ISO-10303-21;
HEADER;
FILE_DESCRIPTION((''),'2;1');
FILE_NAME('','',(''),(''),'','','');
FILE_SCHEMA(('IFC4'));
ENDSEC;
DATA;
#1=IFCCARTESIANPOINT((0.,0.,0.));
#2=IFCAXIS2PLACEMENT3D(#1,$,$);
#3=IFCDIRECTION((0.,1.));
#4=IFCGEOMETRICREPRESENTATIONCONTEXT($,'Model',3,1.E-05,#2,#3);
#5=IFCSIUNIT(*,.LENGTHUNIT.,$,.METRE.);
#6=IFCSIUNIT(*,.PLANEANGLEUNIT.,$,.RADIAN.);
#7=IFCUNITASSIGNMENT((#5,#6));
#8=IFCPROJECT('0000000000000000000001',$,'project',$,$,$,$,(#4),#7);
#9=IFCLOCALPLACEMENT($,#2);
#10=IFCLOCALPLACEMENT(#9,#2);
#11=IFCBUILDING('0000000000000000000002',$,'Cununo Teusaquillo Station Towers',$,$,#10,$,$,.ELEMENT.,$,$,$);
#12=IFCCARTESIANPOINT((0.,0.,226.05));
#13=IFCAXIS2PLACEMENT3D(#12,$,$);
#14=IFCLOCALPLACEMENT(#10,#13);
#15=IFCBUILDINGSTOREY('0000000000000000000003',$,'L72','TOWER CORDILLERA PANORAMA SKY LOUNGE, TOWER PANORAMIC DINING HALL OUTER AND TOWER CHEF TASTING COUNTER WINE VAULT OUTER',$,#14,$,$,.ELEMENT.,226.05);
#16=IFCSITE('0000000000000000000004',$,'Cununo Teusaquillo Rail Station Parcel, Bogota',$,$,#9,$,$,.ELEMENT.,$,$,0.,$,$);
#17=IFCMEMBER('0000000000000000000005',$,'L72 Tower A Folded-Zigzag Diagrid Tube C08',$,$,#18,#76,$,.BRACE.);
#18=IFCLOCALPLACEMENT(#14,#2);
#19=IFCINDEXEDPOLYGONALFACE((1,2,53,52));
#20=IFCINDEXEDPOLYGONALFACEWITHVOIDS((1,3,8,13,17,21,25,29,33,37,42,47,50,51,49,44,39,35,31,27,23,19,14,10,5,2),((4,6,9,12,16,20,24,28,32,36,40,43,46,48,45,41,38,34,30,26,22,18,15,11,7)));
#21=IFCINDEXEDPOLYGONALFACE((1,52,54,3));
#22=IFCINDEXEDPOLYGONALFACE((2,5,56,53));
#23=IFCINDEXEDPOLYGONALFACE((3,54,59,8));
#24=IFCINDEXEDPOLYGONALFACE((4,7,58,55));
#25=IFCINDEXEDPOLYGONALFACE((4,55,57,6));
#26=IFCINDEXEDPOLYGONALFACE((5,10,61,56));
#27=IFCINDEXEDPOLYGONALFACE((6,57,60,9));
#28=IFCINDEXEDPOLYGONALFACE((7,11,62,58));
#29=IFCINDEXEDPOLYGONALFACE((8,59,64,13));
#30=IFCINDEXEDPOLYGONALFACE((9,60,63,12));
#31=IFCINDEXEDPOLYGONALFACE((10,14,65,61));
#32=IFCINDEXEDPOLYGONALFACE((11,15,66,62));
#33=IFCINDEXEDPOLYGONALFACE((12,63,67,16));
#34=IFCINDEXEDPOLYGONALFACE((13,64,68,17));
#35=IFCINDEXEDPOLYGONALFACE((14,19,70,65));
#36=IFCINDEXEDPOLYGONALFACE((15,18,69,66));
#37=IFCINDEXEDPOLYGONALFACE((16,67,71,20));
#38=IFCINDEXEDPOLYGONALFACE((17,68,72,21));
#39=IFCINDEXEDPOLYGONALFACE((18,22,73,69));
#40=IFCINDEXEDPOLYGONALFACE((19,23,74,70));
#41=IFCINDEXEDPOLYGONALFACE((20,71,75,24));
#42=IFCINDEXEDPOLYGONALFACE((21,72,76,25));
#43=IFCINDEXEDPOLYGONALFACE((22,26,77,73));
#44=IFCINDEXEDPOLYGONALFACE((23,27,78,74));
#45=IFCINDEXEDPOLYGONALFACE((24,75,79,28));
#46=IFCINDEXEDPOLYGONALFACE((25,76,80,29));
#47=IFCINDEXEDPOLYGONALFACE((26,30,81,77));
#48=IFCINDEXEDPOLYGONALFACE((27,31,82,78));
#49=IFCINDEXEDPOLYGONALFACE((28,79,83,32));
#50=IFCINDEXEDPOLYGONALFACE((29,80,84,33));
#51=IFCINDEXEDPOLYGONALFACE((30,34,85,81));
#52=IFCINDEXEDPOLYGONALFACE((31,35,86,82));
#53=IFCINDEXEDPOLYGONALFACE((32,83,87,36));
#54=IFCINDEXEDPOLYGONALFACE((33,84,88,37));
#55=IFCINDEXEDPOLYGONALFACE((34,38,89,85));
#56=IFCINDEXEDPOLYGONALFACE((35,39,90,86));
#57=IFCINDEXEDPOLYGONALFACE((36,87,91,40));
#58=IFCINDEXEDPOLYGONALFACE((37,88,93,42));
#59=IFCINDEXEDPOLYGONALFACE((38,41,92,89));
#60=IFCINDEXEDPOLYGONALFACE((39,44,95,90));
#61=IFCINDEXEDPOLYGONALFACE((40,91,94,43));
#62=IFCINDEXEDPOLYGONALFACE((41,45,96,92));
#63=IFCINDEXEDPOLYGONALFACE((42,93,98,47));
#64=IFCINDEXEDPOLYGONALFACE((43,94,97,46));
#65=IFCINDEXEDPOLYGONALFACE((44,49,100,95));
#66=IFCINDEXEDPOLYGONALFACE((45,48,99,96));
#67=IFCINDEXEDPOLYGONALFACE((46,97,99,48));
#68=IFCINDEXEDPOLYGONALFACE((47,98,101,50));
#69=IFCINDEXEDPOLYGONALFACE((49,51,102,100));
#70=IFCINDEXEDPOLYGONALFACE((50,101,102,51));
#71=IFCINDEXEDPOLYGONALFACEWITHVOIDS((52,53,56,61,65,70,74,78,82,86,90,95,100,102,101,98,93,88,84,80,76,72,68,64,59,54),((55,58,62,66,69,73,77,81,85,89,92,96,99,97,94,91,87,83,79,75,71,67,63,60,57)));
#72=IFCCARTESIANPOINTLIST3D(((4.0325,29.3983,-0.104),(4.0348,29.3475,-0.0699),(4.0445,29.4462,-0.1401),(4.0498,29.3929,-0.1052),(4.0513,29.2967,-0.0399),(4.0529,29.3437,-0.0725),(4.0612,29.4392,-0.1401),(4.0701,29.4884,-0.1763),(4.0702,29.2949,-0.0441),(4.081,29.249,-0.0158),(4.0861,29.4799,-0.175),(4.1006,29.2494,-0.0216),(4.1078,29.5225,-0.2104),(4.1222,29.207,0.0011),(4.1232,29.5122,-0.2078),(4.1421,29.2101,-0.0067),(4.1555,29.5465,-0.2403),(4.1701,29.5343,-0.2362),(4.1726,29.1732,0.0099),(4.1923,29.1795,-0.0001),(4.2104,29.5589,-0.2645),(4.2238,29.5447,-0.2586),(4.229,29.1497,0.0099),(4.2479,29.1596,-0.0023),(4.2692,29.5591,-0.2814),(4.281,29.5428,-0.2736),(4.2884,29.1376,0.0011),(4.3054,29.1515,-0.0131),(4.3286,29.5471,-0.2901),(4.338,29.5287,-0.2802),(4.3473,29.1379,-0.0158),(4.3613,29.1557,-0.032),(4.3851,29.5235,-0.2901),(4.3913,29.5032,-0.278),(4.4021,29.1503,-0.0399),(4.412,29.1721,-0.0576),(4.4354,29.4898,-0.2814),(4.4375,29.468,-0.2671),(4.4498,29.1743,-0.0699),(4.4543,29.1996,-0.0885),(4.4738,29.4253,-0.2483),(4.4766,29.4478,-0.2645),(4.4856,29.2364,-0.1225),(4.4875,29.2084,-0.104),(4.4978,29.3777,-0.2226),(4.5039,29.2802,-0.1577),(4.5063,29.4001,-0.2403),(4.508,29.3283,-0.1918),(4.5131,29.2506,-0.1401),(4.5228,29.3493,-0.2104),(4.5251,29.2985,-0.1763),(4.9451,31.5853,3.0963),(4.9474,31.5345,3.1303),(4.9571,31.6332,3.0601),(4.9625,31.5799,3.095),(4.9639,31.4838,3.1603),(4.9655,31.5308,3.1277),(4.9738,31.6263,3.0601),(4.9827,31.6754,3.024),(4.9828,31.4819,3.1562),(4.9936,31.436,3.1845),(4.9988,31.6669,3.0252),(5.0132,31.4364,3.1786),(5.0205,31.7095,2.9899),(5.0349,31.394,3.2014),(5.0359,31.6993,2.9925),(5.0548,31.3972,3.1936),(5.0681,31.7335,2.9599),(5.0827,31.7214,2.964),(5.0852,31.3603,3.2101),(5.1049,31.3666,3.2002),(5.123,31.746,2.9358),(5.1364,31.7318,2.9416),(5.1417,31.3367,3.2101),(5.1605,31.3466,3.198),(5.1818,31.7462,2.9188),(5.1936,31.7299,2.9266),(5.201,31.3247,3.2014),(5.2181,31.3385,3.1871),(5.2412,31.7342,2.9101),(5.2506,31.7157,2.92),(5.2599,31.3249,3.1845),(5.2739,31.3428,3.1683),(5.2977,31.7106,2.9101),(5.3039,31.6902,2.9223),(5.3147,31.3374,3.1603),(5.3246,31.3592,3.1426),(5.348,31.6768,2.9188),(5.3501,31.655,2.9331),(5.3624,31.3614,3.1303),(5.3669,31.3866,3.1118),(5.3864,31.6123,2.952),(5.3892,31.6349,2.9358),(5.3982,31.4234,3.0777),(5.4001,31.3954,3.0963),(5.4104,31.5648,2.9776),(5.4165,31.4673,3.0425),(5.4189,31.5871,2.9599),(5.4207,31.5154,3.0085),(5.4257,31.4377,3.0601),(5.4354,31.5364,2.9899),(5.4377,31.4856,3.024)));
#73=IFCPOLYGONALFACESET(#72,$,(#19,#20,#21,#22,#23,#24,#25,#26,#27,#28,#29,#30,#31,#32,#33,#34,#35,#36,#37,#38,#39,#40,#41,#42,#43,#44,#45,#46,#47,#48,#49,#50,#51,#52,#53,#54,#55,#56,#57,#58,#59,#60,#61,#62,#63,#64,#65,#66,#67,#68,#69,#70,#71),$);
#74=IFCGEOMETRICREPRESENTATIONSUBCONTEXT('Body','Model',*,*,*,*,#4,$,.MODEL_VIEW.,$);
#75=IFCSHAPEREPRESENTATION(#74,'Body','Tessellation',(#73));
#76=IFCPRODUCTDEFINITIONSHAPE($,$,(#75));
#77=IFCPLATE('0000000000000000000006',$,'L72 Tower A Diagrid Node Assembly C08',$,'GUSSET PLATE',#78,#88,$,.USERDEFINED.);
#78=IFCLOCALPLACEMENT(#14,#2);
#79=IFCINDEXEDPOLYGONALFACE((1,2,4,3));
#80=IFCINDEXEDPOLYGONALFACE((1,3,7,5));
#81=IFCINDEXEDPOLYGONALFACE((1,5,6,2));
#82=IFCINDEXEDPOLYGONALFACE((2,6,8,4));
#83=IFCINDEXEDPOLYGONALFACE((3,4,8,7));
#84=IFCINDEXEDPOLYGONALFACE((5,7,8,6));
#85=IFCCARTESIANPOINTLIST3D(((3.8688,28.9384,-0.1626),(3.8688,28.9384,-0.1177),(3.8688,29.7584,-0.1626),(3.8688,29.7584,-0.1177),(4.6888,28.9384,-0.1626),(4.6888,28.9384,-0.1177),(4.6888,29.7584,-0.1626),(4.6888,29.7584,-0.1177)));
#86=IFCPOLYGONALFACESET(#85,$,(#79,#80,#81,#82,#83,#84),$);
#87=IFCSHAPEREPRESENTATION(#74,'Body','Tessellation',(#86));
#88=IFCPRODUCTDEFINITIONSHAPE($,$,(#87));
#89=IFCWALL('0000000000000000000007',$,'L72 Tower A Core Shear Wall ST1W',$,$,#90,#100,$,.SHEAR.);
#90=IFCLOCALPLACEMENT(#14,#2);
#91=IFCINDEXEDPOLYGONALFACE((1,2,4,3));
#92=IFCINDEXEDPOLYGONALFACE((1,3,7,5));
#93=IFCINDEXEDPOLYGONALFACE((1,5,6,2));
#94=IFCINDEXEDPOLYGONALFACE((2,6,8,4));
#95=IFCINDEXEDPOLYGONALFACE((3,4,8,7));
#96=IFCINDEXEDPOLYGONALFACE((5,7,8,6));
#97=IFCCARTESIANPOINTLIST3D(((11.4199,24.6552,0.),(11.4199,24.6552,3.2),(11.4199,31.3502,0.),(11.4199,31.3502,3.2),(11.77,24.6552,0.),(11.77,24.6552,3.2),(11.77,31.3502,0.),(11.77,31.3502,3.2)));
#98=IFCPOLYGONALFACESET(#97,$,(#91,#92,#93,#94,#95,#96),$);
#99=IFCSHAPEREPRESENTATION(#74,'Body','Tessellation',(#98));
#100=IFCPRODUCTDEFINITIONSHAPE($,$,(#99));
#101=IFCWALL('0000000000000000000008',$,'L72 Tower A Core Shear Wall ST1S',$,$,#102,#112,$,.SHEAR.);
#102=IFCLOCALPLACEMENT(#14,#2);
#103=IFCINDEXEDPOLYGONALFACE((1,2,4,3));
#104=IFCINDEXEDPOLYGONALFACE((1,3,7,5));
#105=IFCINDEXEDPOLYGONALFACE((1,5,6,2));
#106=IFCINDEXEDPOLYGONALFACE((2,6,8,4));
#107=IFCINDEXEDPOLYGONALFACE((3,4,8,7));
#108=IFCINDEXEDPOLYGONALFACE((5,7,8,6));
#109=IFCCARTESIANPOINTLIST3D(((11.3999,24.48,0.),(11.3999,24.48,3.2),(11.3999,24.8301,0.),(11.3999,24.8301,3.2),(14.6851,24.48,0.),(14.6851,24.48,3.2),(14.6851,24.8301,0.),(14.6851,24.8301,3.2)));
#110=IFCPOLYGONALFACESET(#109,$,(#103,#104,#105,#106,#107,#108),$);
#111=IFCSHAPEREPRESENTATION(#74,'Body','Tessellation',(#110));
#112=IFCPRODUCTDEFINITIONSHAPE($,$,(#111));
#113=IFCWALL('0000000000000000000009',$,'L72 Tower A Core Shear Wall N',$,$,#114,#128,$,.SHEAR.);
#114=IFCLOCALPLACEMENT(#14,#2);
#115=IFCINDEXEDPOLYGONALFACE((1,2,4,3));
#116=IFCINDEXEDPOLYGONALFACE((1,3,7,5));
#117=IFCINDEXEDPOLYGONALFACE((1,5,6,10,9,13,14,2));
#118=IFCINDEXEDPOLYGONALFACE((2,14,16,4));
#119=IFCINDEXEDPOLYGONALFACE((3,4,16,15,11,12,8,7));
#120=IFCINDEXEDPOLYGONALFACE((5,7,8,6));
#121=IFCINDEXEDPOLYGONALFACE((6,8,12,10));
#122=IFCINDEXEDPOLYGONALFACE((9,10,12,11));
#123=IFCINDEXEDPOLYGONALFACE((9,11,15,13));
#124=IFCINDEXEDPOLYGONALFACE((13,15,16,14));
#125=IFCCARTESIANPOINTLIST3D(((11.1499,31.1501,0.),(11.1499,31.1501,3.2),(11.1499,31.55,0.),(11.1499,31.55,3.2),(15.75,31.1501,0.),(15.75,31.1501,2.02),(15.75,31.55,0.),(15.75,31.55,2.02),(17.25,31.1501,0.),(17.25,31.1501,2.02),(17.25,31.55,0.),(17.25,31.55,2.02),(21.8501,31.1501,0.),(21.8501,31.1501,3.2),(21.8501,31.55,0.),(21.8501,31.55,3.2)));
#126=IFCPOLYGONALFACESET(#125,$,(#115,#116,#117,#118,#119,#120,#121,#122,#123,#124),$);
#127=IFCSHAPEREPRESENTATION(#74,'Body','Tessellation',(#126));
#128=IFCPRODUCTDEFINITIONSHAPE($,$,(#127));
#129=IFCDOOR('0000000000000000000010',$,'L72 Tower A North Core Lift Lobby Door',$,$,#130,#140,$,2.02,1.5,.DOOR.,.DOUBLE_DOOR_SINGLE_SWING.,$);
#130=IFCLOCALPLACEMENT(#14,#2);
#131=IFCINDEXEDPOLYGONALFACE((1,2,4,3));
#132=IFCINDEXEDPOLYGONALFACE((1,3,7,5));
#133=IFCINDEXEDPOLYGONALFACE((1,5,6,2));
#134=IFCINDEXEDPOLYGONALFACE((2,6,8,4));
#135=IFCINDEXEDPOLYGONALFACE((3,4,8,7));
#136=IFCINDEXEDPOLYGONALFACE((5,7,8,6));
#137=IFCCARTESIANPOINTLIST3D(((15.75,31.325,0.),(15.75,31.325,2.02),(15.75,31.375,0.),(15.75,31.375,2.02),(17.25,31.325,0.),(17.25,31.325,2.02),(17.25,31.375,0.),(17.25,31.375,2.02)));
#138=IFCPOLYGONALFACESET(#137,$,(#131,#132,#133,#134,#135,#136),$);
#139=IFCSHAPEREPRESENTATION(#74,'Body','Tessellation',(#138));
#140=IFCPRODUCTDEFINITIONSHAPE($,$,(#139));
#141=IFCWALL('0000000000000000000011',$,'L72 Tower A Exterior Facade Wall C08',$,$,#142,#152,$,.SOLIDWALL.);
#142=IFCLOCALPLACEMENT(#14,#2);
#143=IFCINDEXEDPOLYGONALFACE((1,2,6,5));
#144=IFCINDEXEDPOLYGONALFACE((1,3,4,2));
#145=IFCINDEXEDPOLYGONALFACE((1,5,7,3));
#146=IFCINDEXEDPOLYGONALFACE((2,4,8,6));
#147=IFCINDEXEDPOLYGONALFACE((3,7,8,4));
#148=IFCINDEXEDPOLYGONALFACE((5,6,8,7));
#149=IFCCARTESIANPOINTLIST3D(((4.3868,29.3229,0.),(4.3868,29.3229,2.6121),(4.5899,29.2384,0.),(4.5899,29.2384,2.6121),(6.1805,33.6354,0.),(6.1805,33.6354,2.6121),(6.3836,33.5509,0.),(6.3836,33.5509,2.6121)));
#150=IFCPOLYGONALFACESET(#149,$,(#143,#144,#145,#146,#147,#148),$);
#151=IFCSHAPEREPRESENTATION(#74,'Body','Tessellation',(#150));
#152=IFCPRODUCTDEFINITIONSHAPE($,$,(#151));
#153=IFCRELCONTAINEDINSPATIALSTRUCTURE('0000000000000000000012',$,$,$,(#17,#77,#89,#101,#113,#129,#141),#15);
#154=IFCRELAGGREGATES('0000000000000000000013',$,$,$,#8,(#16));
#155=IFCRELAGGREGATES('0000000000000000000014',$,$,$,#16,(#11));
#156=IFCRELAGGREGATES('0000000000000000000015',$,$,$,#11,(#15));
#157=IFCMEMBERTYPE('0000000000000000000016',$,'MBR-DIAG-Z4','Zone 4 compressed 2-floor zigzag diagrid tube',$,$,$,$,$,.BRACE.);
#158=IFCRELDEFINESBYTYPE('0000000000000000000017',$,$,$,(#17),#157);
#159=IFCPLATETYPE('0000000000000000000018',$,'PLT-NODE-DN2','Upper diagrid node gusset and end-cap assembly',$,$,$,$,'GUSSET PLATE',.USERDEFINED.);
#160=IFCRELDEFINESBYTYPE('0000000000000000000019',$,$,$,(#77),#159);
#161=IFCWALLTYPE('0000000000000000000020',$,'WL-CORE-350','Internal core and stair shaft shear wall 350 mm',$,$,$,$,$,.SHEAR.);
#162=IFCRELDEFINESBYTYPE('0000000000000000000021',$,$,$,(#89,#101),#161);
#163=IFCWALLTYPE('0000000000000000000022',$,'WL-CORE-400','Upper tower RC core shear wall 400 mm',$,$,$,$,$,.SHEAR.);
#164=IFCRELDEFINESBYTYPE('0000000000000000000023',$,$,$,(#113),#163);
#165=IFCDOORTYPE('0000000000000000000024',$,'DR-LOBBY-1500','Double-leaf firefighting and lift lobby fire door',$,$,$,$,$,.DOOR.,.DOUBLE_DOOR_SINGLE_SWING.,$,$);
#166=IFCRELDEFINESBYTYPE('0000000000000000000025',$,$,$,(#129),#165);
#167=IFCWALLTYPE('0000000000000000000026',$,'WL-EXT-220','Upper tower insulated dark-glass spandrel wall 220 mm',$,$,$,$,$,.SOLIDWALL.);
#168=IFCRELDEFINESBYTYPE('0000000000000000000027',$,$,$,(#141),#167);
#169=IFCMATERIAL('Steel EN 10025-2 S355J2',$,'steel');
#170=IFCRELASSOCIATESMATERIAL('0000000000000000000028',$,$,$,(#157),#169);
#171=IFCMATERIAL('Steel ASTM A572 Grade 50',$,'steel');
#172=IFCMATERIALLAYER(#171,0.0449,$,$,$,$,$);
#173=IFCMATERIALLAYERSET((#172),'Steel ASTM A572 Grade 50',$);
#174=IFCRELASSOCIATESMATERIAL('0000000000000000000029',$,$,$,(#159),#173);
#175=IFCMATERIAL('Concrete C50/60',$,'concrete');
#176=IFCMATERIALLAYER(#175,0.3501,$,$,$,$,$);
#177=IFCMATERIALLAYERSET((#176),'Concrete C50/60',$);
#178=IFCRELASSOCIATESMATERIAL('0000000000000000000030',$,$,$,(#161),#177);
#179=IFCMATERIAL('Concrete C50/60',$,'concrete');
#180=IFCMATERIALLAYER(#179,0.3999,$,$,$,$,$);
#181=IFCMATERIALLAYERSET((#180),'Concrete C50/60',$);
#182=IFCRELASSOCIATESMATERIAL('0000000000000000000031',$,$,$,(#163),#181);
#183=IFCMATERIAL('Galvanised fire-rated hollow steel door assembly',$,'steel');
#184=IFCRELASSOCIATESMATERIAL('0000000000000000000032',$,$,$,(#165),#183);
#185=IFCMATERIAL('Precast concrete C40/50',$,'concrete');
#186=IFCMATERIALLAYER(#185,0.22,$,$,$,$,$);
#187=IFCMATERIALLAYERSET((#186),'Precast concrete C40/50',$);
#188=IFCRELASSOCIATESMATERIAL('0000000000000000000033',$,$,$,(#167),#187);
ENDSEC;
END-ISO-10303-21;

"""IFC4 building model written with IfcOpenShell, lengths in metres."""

from ifc_helpers import new_model, si_unit, direction, frame, frame_2d, origin, origin_2d, place, context, subcontext, project, spatial, rectangle, hollow_circle, extrude, source, transform, mapped, material, layer, layer_set, material_profile, profile_set, type_object, element, fill, save


model = new_model("IFC4")

# Units and contexts
model_context = context("Model", 3, precision=1e-05, world=origin(), true_north=direction((0.0, 1.0)))
body_context = subcontext(model_context, "Body", "Model", "MODEL_VIEW")
ifc_project = project(units=[si_unit("LENGTHUNIT", "METRE"), si_unit("PLANEANGLEUNIT", "RADIAN")], contexts=[model_context])

# Site, building, storey
site_placement = place(None, origin())
site = spatial("IfcSite", under=ifc_project, at=site_placement, Name="Cununo Teusaquillo Rail Station Parcel, Bogota", CompositionType="ELEMENT", RefElevation=0.0)
building_placement = place(site_placement, origin())
building = spatial("IfcBuilding", under=site, at=building_placement, Name="Cununo Teusaquillo Station Towers", CompositionType="ELEMENT")
storey_placement = place(building_placement, frame((0.0, 0.0, 226.05)))
storey = spatial("IfcBuildingStorey", under=building, at=storey_placement, Name="L72", Description="TOWER CORDILLERA PANORAMA SKY LOUNGE, TOWER PANORAMIC DINING HALL OUTER AND TOWER CHEF TASTING COUNTER WINE VAULT OUTER", CompositionType="ELEMENT", Elevation=226.05)

# Member
ifc_material_1 = material(Name="Steel EN 10025-2 S355J2", Category="steel")
ifc_material_profile_1 = material_profile(ifc_material_1, hollow_circle(Radius=0.2539, WallThickness=0.0181, at=origin_2d()), Name="CHS 508x18")
ifc_profile_set_1 = profile_set([ifc_material_profile_1], Name="Steel EN 10025-2 S355J2")
member_type = type_object("IfcMemberType", Name="MBR-DIAG-Z4", Description="Zone 4 compressed 2-floor zigzag diagrid tube", PredefinedType="BRACE", material=ifc_profile_set_1)
member_placement = place(storey_placement, frame((4.2788, 29.3484, -0.1401), z_axis=(0.229175, 0.549211, 0.803646), x_axis=(-0.922876, 0.385098, 0.0)))
element("IfcMember", 1, at=member_placement, inside=storey, type_object=member_type, Name="L72 Tower A Folded-Zigzag Diagrid Tube C08", PredefinedType="BRACE", context=body_context, shape_type="SweptSolid", body=[
    extrude(hollow_circle(Radius=0.2539, WallThickness=0.0181, at=origin_2d()), origin(), (0.0, 0.0, 1.0), 3.9822),
])

# Plate
ifc_material_2 = material(Name="Steel ASTM A572 Grade 50", Category="steel")
ifc_layer_1 = layer(ifc_material_2, 0.0449)
ifc_layer_set_1 = layer_set([ifc_layer_1], Name="Steel ASTM A572 Grade 50")
plate_type = type_object("IfcPlateType", Name="PLT-NODE-DN2", Description="Upper diagrid node gusset and end-cap assembly", ElementType="GUSSET PLATE", PredefinedType="USERDEFINED", material=ifc_layer_set_1)
shared_shape_1 = source(origin(), body_context, "Body", "SweptSolid", [
    extrude(rectangle(XDim=0.8201, YDim=0.8201, at=origin_2d()), origin(), (0.0, 0.0, 1.0), 0.0449),
])
plate_placement = place(storey_placement, frame((4.2788, 29.3484, -0.1626), z_axis=(0.0, 0.0, 1.0), x_axis=(1.0, 0.0, 0.0)))
element("IfcPlate", 2, at=plate_placement, inside=storey, type_object=plate_type, Name="L72 Tower A Diagrid Node Assembly C08", ObjectType="GUSSET PLATE", PredefinedType="USERDEFINED", context=body_context, shape_type="MappedRepresentation", body=[
    mapped(shared_shape_1, transform((0.0, 0.0, 0.0), x_axis=(1.0, 0.0, 0.0), y_axis=(0.0, 1.0, 0.0), z_axis=(0.0, 0.0, 1.0), scale=1.0)),
])

# Walls
ifc_material_3 = material(Name="Concrete C50/60", Category="concrete")
ifc_layer_2 = layer(ifc_material_3, 0.3501)
ifc_layer_set_2 = layer_set([ifc_layer_2], Name="Concrete C50/60")
wall_type_1 = type_object("IfcWallType", Name="WL-CORE-350", Description="Internal core and stair shaft shear wall 350 mm", PredefinedType="SHEAR", material=ifc_layer_set_2)
wall_1_placement = place(storey_placement, frame((11.595, 24.655, 0.0), z_axis=(0.0, 0.0, 1.0), x_axis=(0.0, 1.0, 0.0)))
element("IfcWall", 3, at=wall_1_placement, inside=storey, type_object=wall_type_1, Name="L72 Tower A Core Shear Wall ST1W", PredefinedType="SHEAR", context=body_context, shape_type="SweptSolid", body=[
    extrude(rectangle(XDim=6.6951, YDim=0.3501, at=frame_2d((3.3477, 0.0))), origin(), (0.0, 0.0, 1.0), 3.2),
])
wall_2_placement = place(storey_placement, frame((11.3999, 24.655, 0.0), z_axis=(0.0, 0.0, 1.0), x_axis=(1.0, 0.0, 0.0)))
element("IfcWall", 4, at=wall_2_placement, inside=storey, type_object=wall_type_1, Name="L72 Tower A Core Shear Wall ST1S", PredefinedType="SHEAR", context=body_context, shape_type="SweptSolid", body=[
    extrude(rectangle(XDim=3.2852, YDim=0.3501, at=frame_2d((1.6426, 0.0))), origin(), (0.0, 0.0, 1.0), 3.2),
])

# Wall, opening, door
ifc_material_4 = material(Name="Concrete C50/60", Category="concrete")
ifc_layer_3 = layer(ifc_material_4, 0.3999)
ifc_layer_set_3 = layer_set([ifc_layer_3], Name="Concrete C50/60")
wall_type_2 = type_object("IfcWallType", Name="WL-CORE-400", Description="Upper tower RC core shear wall 400 mm", PredefinedType="SHEAR", material=ifc_layer_set_3)
wall_3_placement = place(storey_placement, frame((11.1499, 31.3501, 0.0), z_axis=(0.0, 0.0, 1.0), x_axis=(1.0, 0.0, 0.0)))
wall_3 = element("IfcWall", 5, at=wall_3_placement, inside=storey, type_object=wall_type_2, Name="L72 Tower A Core Shear Wall N", PredefinedType="SHEAR", context=body_context, shape_type="SweptSolid", body=[
    extrude(rectangle(XDim=10.7002, YDim=0.3999, at=frame_2d((5.3501, 0.0))), origin(), (0.0, 0.0, 1.0), 3.2),
])
shared_shape_2 = source(origin(), body_context, "Body", "SweptSolid", [
    extrude(rectangle(XDim=1.5, YDim=2.02, at=frame_2d((0.75, 1.01))), frame((0.0, 0.21, 0.0), z_axis=(0.0, -1.0, 0.0), x_axis=(1.0, 0.0, 0.0)), (0.0, 0.0, 1.0), 0.4199),
])
opening_1_placement = place(wall_3_placement, frame((4.6001, 0.0, 0.0)))
opening_1 = element("IfcOpeningElement", 6, at=opening_1_placement, cuts=wall_3, PredefinedType="OPENING", context=body_context, shape_type="MappedRepresentation", body=[
    mapped(shared_shape_2, transform((0.0, 0.0, 0.0), x_axis=(1.0, 0.0, 0.0), y_axis=(0.0, 1.0, 0.0), z_axis=(0.0, 0.0, 1.0), scale=1.0)),
])
ifc_material_5 = material(Name="Galvanised fire-rated hollow steel door assembly", Category="steel")
door_type_1 = type_object("IfcDoorType", Name="DR-LOBBY-1500", Description="Double-leaf firefighting and lift lobby fire door", OperationType="DOUBLE_DOOR_SINGLE_SWING", PredefinedType="DOOR", material=ifc_material_5)
shared_shape_3 = source(origin(), body_context, "Body", "SweptSolid", [
    extrude(rectangle(XDim=1.5, YDim=2.02, at=frame_2d((0.75, 1.01))), frame((0.0, 0.0249, 0.0), z_axis=(0.0, -1.0, 0.0), x_axis=(1.0, 0.0, 0.0)), (0.0, 0.0, 1.0), 0.05),
])
door_1_placement = place(opening_1_placement, origin())
door_1 = element("IfcDoor", 7, at=door_1_placement, inside=storey, type_object=door_type_1, Name="L72 Tower A North Core Lift Lobby Door", OperationType="DOUBLE_DOOR_SINGLE_SWING", OverallHeight=2.02, OverallWidth=1.5, PredefinedType="DOOR", context=body_context, shape_type="MappedRepresentation", body=[
    mapped(shared_shape_3, transform((0.0, 0.0, 0.0), x_axis=(1.0, 0.0, 0.0), y_axis=(0.0, 1.0, 0.0), z_axis=(0.0, 0.0, 1.0), scale=1.0)),
])
fill(opening_1, door_1)

# Wall
ifc_material_6 = material(Name="Precast concrete C40/50", Category="concrete")
ifc_layer_4 = layer(ifc_material_6, 0.22)
ifc_layer_set_4 = layer_set([ifc_layer_4], Name="Precast concrete C40/50")
wall_type_3 = type_object("IfcWallType", Name="WL-EXT-220", Description="Upper tower insulated dark-glass spandrel wall 220 mm", PredefinedType="SOLIDWALL", material=ifc_layer_set_4)
wall_4_placement = place(storey_placement, frame((4.4883, 29.2805, 0.0), z_axis=(0.0, 0.0, 1.0), x_axis=(0.384036, 0.923318, 0.0)))
element("IfcWall", 8, at=wall_4_placement, inside=storey, type_object=wall_type_3, Name="L72 Tower A Exterior Facade Wall C08", PredefinedType="SOLIDWALL", context=body_context, shape_type="SweptSolid", body=[
    extrude(rectangle(XDim=4.6707, YDim=0.22, at=frame_2d((2.3354, 0.0))), origin(), (0.0, 0.0, 1.0), 2.6121),
])

save(model, "model.ifc")
